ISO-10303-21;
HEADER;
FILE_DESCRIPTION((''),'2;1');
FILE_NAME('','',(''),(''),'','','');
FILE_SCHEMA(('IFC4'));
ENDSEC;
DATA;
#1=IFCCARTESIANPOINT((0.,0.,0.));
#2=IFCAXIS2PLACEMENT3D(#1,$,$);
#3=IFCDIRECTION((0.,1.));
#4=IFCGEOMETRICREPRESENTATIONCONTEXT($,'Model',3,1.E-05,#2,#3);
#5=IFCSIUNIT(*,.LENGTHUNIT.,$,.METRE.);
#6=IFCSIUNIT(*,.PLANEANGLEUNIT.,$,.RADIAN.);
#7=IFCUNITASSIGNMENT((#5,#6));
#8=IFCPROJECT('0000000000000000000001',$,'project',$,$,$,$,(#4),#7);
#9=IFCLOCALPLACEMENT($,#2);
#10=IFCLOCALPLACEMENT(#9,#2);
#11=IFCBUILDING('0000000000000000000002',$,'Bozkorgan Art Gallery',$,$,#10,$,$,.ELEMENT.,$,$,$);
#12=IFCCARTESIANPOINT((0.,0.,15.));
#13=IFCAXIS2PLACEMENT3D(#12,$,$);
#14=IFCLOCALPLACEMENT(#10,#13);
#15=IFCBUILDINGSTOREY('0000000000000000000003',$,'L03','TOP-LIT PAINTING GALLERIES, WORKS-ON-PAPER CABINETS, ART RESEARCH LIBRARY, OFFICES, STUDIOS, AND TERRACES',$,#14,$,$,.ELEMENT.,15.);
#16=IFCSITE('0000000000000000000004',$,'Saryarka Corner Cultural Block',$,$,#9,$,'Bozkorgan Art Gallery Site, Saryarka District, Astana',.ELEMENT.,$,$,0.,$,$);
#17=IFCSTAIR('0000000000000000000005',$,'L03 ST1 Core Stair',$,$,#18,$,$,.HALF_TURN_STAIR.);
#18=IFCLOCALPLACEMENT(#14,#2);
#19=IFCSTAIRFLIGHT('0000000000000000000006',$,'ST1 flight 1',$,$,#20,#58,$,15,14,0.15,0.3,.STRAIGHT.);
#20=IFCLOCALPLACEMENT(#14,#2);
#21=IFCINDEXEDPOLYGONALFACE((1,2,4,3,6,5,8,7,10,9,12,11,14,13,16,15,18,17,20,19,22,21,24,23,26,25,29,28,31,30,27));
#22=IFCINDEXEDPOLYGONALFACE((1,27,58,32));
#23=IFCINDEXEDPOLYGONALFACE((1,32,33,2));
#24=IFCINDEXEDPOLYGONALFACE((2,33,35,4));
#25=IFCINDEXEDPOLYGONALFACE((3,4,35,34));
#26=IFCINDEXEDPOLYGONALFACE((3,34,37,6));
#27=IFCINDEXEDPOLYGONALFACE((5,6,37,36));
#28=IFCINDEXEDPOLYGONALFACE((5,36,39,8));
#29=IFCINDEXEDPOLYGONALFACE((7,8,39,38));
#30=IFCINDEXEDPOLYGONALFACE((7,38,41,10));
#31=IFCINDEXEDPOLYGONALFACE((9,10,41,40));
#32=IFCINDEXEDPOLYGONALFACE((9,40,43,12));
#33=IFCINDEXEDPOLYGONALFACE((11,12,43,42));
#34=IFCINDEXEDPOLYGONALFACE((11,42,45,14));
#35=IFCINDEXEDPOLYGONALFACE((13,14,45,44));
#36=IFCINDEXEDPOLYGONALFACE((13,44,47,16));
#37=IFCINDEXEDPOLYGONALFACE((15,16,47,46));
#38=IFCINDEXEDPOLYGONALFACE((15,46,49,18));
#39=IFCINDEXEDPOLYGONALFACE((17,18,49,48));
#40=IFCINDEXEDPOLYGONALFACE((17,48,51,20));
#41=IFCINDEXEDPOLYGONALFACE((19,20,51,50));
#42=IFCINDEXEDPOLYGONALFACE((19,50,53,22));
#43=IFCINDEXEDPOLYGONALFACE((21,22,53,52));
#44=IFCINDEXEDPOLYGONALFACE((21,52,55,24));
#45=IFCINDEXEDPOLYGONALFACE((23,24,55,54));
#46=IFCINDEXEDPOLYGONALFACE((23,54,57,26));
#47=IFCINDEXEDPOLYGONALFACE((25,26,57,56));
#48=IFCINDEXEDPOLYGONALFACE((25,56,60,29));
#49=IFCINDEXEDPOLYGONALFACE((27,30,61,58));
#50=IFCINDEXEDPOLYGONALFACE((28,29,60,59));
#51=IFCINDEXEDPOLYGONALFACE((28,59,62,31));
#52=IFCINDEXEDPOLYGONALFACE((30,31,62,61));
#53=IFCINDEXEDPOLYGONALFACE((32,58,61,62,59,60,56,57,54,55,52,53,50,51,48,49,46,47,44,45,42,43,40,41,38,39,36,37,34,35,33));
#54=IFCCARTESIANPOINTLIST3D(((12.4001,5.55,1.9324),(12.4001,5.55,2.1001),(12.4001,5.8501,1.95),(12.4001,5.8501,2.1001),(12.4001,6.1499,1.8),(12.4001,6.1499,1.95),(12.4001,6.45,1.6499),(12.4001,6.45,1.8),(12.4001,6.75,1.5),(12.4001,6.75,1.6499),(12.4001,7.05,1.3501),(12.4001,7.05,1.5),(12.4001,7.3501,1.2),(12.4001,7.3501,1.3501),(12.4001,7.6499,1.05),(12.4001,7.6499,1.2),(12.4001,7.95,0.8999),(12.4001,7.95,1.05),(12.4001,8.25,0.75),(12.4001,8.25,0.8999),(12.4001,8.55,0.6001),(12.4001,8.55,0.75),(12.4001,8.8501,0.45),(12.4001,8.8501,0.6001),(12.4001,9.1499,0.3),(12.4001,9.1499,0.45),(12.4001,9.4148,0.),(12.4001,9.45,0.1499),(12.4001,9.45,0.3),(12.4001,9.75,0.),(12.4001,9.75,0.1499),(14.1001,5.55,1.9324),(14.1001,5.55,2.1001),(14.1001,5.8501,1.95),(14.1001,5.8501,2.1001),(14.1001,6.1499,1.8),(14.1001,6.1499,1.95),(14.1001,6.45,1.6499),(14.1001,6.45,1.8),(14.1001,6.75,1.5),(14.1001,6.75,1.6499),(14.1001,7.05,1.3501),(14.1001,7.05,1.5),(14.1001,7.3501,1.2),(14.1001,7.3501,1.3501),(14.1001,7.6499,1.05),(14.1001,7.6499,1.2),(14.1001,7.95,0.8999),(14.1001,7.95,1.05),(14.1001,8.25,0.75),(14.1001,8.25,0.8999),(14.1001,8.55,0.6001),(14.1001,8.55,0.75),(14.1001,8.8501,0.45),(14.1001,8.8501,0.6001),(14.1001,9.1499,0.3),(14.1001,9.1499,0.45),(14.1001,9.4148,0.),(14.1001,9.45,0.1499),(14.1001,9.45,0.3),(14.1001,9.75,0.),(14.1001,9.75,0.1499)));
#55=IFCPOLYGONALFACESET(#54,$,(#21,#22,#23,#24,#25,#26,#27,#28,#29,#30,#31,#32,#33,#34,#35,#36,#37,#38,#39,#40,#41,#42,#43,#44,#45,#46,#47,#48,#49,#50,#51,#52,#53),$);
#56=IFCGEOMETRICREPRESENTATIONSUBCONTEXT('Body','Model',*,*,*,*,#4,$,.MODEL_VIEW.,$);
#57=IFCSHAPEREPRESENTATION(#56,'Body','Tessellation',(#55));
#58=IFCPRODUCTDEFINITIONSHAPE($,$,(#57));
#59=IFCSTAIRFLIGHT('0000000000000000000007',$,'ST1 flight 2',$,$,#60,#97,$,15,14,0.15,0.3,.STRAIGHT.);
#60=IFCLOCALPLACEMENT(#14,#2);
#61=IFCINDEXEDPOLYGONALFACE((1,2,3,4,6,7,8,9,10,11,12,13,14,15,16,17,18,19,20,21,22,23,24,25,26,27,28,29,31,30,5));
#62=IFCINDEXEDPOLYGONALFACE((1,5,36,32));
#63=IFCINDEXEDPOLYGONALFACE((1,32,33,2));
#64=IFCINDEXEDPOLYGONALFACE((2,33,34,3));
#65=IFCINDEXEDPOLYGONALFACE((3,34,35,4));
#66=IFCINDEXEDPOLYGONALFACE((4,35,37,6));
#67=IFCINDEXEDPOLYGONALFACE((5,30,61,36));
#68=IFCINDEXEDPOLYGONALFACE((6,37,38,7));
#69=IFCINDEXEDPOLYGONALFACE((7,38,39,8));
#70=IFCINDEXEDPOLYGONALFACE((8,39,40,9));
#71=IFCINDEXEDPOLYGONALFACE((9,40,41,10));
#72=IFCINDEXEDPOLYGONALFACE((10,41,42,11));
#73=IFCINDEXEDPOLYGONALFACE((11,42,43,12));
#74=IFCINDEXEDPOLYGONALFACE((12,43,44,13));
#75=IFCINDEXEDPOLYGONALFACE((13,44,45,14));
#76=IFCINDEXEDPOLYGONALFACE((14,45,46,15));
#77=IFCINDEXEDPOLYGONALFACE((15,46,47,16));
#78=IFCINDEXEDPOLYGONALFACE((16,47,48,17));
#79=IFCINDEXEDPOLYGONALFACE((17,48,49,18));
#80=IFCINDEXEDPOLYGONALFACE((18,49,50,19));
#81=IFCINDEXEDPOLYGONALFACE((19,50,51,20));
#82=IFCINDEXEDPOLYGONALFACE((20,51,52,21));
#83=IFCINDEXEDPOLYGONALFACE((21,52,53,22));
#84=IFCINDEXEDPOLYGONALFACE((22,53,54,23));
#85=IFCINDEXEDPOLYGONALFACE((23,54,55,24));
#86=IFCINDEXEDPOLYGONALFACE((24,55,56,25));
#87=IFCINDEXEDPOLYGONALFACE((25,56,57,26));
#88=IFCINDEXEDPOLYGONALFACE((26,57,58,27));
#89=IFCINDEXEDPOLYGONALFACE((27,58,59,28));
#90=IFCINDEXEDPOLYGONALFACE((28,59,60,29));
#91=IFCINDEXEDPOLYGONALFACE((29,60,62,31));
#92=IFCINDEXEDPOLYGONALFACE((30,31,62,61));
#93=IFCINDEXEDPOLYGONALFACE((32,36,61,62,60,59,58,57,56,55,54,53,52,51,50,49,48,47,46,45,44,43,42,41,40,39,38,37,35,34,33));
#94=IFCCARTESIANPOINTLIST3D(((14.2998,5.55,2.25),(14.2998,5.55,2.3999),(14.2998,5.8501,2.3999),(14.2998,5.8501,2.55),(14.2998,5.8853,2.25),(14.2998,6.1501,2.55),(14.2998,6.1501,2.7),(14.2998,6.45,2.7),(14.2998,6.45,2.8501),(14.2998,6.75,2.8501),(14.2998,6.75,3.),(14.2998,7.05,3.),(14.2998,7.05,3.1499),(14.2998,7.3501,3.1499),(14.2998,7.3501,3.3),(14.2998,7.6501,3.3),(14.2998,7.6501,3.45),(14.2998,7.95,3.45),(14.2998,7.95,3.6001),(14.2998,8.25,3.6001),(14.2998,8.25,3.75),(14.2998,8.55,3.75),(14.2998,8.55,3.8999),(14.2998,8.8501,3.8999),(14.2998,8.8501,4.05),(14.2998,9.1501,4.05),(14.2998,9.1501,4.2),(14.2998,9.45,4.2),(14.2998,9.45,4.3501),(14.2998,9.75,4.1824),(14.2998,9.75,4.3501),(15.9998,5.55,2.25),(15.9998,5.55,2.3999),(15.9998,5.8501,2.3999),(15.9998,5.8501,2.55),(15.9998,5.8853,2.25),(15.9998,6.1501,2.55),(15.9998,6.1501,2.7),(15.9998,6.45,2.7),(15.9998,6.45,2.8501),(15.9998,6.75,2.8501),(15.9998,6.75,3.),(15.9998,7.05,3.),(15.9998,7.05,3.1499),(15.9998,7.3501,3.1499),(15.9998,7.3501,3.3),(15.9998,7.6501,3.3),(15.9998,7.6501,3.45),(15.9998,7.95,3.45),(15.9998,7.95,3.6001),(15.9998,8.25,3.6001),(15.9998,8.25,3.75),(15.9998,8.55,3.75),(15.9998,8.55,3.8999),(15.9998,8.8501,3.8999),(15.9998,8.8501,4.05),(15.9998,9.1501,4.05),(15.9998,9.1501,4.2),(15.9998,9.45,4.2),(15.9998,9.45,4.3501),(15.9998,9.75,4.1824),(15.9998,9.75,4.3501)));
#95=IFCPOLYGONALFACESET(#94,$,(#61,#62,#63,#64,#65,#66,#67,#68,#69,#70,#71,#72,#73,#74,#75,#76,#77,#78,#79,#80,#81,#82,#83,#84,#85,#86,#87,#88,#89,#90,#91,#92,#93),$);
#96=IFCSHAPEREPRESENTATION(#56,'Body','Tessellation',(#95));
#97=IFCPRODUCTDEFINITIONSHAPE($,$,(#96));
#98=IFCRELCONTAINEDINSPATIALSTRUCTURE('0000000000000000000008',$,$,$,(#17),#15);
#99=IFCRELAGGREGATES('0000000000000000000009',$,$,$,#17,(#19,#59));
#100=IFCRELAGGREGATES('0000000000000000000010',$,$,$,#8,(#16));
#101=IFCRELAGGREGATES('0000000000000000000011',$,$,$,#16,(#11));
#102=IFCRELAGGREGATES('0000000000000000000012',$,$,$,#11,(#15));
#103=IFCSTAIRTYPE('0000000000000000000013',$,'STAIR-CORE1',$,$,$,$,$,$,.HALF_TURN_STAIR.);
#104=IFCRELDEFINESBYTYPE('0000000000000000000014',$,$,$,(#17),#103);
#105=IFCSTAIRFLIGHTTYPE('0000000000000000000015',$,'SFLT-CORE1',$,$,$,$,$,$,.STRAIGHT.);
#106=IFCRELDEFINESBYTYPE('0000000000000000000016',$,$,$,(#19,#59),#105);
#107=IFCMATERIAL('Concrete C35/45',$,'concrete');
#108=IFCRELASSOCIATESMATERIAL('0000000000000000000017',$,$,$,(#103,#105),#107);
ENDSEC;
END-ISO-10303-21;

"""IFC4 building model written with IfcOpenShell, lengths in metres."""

from ifc_helpers import new_model, si_unit, direction, frame, origin, place, context, subcontext, project, spatial, polyline, outline, extrude, material, type_object, element, aggregate, save


model = new_model("IFC4")

# Units and contexts
model_context = context("Model", 3, precision=1e-05, world=origin(), true_north=direction((0.0, 1.0)))
body_context = subcontext(model_context, "Body", "Model", "MODEL_VIEW")
ifc_project = project(units=[si_unit("LENGTHUNIT", "METRE"), si_unit("PLANEANGLEUNIT", "RADIAN")], contexts=[model_context])

# Site, building, storey
site_placement = place(None, origin())
site = spatial("IfcSite", under=ifc_project, at=site_placement, Name="Saryarka Corner Cultural Block", LongName="Bozkorgan Art Gallery Site, Saryarka District, Astana", CompositionType="ELEMENT", RefElevation=0.0)
building_placement = place(site_placement, origin())
building = spatial("IfcBuilding", under=site, at=building_placement, Name="Bozkorgan Art Gallery", CompositionType="ELEMENT")
storey_placement = place(building_placement, frame((0.0, 0.0, 15.0)))
storey = spatial("IfcBuildingStorey", under=building, at=storey_placement, Name="L03", Description="TOP-LIT PAINTING GALLERIES, WORKS-ON-PAPER CABINETS, ART RESEARCH LIBRARY, OFFICES, STUDIOS, AND TERRACES", CompositionType="ELEMENT", Elevation=15.0)

# Stair, stair flights
ifc_material_1 = material(Name="Concrete C35/45", Category="concrete")
stair_type = type_object("IfcStairType", Name="STAIR-CORE1", PredefinedType="HALF_TURN_STAIR", material=ifc_material_1)
stair_placement = place(storey_placement, origin())
stair = element("IfcStair", 1, at=stair_placement, inside=storey, type_object=stair_type, Name="L03 ST1 Core Stair", PredefinedType="HALF_TURN_STAIR")
stair_flight_type = type_object("IfcStairFlightType", Name="SFLT-CORE1", PredefinedType="STRAIGHT", material=ifc_material_1)
stair_flight_1_placement = place(storey_placement, frame((13.25, 9.75, 0.0), z_axis=(0.0, 0.0, 1.0), x_axis=(0.0, -1.0, 0.0)))
stair_flight_1 = element("IfcStairFlight", 2, at=stair_flight_1_placement, type_object=stair_flight_type, Name="ST1 flight 1", NumberOfRisers=15, NumberOfTreads=14, PredefinedType="STRAIGHT", RiserHeight=0.15, TreadLength=0.3, context=body_context, shape_type="SweptSolid", body=[
    extrude(outline(polyline([(0.0, 0.0), (0.0, 0.1499), (0.3, 0.1499), (0.3, 0.3), (0.6001, 0.3), (0.6001, 0.45), (0.8999, 0.45), (0.8999, 0.6001), (1.2, 0.6001), (1.2, 0.75), (1.5, 0.75), (1.5, 0.8999), (1.8, 0.8999), (1.8, 1.05), (2.1001, 1.05), (2.1001, 1.2), (2.3999, 1.2), (2.3999, 1.3501), (2.7, 1.3501), (2.7, 1.5), (3.0, 1.5), (3.0, 1.6499), (3.3, 1.6499), (3.3, 1.8), (3.6001, 1.8), (3.6001, 1.95), (3.8999, 1.95), (3.8999, 2.1001), (4.2, 2.1001), (4.2, 2.25), (4.2, 1.9324), (0.3352, 0.0), (0.0, 0.0)])), frame((0.0, 0.8501, 0.0), z_axis=(0.0, -1.0, 0.0), x_axis=(1.0, 0.0, 0.0)), (0.0, 0.0, 1.0), 1.7),
])
stair_flight_2_placement = place(storey_placement, frame((15.1499, 5.55, 2.25), z_axis=(0.0, 0.0, 1.0), x_axis=(0.0, 1.0, 0.0)))
stair_flight_2 = element("IfcStairFlight", 3, at=stair_flight_2_placement, type_object=stair_flight_type, Name="ST1 flight 2", NumberOfRisers=15, NumberOfTreads=14, PredefinedType="STRAIGHT", RiserHeight=0.15, TreadLength=0.3, context=body_context, shape_type="SweptSolid", body=[
    extrude(outline(polyline([(0.0, 0.0), (0.0, 0.1499), (0.3, 0.1499), (0.3, 0.3), (0.6001, 0.3), (0.6001, 0.45), (0.8999, 0.45), (0.8999, 0.6001), (1.2, 0.6001), (1.2, 0.75), (1.5, 0.75), (1.5, 0.8999), (1.8, 0.8999), (1.8, 1.05), (2.1001, 1.05), (2.1001, 1.2), (2.3999, 1.2), (2.3999, 1.3501), (2.7, 1.3501), (2.7, 1.5), (3.0, 1.5), (3.0, 1.6499), (3.3, 1.6499), (3.3, 1.8), (3.6001, 1.8), (3.6001, 1.95), (3.8999, 1.95), (3.8999, 2.1001), (4.2, 2.1001), (4.2, 2.25), (4.2, 1.9324), (0.3352, 0.0), (0.0, 0.0)])), frame((0.0, 0.8501, 0.0), z_axis=(0.0, -1.0, 0.0), x_axis=(1.0, 0.0, 0.0)), (0.0, 0.0, 1.0), 1.7),
])
aggregate(stair, [stair_flight_1, stair_flight_2])

save(model, "model.ifc")
